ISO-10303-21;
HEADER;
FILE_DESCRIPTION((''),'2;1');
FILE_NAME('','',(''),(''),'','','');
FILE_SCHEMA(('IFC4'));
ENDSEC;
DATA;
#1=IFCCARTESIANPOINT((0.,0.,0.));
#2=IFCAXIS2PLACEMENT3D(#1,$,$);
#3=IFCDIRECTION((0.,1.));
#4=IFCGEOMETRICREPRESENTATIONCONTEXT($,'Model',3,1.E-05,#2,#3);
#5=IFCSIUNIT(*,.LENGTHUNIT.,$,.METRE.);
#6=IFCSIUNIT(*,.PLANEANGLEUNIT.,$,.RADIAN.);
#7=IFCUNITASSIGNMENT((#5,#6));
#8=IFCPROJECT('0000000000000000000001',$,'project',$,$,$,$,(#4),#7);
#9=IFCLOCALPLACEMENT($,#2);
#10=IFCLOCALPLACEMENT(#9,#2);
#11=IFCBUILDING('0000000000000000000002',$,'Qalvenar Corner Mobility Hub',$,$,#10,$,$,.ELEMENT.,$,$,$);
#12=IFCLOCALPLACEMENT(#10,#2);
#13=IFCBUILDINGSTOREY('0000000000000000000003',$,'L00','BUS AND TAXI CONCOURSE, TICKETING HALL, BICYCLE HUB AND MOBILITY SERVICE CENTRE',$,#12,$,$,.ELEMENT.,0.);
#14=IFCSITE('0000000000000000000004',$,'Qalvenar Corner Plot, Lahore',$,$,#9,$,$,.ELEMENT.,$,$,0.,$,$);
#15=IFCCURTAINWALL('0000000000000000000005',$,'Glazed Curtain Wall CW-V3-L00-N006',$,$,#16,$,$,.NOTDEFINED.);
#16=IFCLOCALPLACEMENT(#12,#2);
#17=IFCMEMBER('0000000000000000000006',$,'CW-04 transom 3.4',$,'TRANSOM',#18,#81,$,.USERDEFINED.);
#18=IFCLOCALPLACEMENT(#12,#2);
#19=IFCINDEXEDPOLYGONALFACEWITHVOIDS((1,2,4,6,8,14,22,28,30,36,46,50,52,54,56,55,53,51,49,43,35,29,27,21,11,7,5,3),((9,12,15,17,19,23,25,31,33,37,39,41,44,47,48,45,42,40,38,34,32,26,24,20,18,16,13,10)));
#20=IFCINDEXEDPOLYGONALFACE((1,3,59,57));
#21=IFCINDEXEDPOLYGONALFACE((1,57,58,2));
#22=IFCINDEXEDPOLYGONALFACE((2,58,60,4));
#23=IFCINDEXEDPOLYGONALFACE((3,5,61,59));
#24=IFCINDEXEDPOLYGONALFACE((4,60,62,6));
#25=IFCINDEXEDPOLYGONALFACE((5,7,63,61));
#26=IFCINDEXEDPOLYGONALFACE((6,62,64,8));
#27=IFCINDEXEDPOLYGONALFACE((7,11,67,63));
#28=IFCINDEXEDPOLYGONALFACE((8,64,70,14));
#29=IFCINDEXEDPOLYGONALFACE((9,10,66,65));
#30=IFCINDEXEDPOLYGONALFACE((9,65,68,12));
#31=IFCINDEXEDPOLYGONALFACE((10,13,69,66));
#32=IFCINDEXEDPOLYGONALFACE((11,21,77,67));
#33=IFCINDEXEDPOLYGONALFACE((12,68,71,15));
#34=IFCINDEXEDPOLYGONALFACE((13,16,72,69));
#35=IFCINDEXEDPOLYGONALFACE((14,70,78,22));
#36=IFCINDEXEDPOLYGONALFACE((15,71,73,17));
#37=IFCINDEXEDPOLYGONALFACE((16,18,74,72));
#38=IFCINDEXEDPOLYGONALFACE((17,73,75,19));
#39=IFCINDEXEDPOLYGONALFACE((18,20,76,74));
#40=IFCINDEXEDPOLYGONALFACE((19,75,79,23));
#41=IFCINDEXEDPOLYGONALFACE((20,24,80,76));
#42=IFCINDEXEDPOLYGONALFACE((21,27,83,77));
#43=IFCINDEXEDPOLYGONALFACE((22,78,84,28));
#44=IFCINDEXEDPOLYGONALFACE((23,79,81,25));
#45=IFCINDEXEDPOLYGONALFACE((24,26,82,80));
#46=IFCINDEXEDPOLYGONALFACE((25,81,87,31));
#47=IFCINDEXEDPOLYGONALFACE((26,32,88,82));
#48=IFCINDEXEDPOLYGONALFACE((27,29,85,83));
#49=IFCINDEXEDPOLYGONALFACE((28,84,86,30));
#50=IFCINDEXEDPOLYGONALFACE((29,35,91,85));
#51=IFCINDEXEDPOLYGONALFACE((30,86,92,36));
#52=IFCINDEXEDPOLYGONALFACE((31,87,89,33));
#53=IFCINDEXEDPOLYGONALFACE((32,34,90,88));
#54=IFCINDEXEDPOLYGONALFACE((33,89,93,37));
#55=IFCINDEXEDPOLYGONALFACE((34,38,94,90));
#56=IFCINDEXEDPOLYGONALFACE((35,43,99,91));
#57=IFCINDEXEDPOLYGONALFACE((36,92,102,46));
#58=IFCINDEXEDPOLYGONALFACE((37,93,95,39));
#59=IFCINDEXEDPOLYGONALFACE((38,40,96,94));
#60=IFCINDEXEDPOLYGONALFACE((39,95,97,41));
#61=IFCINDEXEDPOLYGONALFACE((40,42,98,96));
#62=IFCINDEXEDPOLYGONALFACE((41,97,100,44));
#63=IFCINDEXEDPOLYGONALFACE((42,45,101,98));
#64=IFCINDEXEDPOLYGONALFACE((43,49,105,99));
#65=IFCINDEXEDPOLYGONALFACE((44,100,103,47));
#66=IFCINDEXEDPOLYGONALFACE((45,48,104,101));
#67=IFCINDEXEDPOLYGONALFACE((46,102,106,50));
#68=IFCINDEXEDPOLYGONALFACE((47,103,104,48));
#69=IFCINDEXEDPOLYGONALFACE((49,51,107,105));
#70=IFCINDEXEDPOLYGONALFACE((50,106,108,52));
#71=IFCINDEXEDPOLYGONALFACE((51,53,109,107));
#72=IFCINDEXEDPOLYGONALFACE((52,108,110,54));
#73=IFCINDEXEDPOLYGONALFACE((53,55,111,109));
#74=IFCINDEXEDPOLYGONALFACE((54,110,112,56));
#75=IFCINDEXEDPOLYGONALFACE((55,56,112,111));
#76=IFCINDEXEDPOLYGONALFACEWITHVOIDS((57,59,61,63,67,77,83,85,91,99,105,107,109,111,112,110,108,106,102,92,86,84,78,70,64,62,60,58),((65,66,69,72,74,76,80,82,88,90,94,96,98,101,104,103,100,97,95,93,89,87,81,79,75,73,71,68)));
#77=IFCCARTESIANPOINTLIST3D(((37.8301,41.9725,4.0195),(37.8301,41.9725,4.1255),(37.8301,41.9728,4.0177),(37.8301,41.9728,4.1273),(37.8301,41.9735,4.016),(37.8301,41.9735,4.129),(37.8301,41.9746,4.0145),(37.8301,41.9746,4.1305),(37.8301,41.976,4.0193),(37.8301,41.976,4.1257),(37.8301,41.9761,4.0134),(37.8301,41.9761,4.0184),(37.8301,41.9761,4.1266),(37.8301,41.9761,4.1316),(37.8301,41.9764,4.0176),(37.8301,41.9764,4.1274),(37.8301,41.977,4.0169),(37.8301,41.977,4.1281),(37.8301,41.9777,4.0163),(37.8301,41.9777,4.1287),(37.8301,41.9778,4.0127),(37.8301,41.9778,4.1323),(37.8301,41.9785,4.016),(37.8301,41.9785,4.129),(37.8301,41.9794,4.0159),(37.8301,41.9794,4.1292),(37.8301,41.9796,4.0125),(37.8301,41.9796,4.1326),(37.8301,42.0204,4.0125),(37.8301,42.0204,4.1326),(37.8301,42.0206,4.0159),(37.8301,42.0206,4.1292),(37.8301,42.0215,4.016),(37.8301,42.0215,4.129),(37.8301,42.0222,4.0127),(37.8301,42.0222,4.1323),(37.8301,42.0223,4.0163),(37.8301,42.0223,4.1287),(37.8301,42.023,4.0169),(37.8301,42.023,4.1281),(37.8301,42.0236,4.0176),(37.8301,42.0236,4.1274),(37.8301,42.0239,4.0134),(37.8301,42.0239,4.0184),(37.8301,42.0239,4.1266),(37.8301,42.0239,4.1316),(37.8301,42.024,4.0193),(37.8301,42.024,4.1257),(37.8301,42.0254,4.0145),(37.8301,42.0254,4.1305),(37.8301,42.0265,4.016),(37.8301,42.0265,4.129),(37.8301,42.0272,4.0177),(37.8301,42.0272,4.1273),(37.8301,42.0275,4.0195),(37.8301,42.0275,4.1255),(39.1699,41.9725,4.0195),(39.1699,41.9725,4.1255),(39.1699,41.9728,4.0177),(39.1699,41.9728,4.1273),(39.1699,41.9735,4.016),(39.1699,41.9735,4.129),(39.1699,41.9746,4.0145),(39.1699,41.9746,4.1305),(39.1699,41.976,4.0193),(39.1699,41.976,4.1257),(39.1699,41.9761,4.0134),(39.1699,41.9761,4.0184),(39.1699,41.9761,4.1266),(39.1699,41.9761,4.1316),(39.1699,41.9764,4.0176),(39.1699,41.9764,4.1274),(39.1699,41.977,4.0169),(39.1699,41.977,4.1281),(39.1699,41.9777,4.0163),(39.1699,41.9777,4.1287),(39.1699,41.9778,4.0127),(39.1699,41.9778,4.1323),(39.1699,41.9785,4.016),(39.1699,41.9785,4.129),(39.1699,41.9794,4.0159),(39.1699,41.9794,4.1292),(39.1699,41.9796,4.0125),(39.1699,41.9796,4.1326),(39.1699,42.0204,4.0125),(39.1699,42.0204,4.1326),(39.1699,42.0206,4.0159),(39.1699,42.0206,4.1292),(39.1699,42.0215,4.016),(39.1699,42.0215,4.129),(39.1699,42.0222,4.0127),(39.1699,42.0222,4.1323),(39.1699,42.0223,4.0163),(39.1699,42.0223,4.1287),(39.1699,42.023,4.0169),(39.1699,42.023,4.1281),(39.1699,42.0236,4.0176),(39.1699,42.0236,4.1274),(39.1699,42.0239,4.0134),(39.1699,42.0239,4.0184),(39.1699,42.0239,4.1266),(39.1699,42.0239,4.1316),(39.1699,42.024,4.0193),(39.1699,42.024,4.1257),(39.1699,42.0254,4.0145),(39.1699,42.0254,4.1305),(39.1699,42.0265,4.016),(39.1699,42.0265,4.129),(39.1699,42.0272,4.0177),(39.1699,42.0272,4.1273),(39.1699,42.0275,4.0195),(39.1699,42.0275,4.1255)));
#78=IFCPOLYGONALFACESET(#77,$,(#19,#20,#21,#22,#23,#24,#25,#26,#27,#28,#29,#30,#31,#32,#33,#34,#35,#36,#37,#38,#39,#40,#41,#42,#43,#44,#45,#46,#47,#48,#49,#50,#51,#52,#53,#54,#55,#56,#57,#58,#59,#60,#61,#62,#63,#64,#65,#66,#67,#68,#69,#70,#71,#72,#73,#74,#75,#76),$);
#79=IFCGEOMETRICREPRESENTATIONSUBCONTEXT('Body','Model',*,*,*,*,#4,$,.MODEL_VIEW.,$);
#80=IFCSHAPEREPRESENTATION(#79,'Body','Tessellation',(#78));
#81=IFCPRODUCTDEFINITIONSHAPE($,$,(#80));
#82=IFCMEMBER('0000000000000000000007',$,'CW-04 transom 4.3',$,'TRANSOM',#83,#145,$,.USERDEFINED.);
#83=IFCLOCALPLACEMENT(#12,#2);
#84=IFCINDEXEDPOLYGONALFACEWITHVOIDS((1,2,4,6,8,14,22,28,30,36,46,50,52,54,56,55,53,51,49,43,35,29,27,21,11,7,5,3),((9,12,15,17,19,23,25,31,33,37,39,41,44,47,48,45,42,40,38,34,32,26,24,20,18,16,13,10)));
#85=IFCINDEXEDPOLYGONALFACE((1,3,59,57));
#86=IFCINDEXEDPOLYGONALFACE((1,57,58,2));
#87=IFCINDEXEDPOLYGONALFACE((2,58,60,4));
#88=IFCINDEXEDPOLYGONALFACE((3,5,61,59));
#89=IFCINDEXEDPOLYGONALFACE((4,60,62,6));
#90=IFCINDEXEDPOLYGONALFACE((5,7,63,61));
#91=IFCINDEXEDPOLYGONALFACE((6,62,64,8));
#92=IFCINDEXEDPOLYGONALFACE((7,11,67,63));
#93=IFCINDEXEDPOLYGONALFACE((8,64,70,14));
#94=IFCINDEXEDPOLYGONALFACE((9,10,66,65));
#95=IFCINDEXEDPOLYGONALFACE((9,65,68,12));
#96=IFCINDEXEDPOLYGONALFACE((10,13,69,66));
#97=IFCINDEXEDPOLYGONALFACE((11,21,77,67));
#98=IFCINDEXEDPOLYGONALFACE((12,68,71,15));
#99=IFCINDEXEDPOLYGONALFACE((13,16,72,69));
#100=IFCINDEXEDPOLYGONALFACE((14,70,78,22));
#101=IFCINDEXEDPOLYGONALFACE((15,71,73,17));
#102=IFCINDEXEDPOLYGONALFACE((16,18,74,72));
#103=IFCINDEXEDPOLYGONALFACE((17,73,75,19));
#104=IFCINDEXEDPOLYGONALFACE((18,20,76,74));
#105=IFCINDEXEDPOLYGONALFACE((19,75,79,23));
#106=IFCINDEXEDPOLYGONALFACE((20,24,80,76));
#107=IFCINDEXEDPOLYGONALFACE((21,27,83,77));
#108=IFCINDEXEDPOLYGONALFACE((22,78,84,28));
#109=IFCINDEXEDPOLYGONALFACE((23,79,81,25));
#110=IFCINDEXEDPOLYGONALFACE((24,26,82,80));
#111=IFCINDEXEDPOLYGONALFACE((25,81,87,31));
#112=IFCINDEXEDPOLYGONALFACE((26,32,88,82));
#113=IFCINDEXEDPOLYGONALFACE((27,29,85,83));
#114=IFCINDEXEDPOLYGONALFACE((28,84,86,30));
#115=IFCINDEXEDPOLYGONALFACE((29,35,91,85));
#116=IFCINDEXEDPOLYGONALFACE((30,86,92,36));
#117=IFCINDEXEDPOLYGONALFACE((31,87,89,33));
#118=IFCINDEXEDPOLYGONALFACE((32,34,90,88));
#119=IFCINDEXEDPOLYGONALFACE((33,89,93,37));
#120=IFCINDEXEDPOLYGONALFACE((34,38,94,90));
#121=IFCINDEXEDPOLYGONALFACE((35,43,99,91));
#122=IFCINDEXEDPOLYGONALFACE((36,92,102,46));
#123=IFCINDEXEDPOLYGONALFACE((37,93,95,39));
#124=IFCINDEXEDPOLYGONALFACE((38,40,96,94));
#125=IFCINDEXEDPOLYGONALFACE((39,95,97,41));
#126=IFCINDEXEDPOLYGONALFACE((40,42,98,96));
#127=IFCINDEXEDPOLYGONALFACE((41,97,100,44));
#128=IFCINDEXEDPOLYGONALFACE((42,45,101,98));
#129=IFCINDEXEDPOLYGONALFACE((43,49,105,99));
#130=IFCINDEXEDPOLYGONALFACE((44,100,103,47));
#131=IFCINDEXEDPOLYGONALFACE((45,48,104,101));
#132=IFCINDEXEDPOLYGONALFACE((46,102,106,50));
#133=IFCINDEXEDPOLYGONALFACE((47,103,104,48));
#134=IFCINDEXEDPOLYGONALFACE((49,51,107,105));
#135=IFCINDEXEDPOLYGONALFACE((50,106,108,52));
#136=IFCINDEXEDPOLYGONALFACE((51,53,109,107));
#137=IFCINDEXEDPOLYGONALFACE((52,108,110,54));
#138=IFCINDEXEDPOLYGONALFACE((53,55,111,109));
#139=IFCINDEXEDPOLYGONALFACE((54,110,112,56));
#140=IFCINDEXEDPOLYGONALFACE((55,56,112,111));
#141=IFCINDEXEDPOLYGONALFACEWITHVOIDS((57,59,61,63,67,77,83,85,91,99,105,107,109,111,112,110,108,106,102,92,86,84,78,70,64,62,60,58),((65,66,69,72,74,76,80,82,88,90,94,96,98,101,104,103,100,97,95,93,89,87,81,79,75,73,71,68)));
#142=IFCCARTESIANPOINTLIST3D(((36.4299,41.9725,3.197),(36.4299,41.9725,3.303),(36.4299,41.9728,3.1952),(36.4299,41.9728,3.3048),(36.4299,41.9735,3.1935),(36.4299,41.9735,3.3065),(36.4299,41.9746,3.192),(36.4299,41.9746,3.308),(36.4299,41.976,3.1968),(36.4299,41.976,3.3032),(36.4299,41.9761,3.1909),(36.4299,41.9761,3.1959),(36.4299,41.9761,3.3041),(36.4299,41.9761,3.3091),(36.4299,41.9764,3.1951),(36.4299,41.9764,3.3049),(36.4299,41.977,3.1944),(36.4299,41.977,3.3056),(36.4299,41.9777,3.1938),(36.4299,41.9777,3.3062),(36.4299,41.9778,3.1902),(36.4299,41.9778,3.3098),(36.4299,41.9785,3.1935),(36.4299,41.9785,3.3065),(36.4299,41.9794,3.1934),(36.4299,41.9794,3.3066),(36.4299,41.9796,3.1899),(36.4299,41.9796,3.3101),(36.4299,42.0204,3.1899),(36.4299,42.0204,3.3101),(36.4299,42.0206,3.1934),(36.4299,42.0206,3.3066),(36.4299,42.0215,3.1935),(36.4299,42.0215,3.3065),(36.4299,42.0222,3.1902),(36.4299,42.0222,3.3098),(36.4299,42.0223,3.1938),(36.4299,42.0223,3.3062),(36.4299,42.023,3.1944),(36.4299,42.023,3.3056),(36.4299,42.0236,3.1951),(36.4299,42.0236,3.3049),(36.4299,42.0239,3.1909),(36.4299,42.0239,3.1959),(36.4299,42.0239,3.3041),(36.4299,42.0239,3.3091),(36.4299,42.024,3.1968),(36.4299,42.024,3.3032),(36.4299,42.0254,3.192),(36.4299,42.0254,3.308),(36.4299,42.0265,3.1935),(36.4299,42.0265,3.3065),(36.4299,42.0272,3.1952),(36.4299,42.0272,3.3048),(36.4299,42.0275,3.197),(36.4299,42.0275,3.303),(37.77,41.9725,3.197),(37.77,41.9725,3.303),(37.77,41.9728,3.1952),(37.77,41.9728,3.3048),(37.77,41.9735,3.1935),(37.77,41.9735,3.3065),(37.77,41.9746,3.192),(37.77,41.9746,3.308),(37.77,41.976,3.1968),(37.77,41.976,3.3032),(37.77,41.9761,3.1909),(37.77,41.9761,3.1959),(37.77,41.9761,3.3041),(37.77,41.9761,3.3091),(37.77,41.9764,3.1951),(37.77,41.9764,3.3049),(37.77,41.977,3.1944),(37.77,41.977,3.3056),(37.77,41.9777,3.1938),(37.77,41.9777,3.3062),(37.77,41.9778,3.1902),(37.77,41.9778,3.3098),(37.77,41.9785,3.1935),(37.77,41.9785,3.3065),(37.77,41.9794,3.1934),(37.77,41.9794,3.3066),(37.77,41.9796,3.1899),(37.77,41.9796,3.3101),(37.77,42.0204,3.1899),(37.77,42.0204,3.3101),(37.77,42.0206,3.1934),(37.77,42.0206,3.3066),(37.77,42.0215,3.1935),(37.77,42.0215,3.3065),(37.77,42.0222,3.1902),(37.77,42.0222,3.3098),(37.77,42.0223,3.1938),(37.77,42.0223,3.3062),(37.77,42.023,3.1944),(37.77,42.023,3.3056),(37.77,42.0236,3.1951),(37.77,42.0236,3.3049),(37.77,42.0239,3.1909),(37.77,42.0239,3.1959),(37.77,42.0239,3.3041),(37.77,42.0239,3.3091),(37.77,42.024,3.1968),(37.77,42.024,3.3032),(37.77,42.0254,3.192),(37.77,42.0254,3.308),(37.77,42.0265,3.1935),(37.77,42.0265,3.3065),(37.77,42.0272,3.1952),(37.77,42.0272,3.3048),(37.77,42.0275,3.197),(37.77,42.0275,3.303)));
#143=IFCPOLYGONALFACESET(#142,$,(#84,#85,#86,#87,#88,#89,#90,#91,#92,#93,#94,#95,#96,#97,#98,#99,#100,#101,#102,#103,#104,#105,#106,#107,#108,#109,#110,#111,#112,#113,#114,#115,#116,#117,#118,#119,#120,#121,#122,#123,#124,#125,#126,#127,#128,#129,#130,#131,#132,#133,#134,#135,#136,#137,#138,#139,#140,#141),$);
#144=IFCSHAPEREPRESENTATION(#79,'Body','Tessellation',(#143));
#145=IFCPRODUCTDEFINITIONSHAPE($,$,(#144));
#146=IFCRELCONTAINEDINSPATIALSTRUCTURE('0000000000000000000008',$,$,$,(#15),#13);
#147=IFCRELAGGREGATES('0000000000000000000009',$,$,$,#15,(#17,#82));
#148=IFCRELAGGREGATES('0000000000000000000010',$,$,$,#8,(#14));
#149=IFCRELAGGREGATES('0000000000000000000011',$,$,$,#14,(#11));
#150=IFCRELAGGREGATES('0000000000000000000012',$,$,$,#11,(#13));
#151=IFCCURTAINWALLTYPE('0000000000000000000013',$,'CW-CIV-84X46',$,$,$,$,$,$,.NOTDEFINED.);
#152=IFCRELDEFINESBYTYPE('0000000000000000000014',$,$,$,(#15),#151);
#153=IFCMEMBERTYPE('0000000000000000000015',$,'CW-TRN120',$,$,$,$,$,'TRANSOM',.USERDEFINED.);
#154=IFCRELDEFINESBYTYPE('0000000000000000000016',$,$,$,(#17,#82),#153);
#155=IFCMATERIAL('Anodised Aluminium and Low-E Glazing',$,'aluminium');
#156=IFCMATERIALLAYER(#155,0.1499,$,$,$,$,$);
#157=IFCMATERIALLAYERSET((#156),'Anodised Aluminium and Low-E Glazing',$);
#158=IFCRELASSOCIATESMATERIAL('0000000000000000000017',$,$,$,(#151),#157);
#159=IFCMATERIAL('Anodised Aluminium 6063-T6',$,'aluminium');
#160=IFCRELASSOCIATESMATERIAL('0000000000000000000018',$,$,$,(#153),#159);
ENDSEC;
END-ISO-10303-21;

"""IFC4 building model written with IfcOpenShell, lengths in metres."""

from ifc_helpers import new_model, si_unit, direction, frame, origin, origin_2d, place, context, subcontext, project, spatial, hollow_rectangle, extrude, material, layer, layer_set, material_profile, profile_set, type_object, element, aggregate, save


model = new_model("IFC4")

# Units and contexts
model_context = context("Model", 3, precision=1e-05, world=origin(), true_north=direction((0.0, 1.0)))
body_context = subcontext(model_context, "Body", "Model", "MODEL_VIEW")
ifc_project = project(units=[si_unit("LENGTHUNIT", "METRE"), si_unit("PLANEANGLEUNIT", "RADIAN")], contexts=[model_context])

# Site, building, storey
site_placement = place(None, origin())
site = spatial("IfcSite", under=ifc_project, at=site_placement, Name="Qalvenar Corner Plot, Lahore", CompositionType="ELEMENT", RefElevation=0.0)
building_placement = place(site_placement, origin())
building = spatial("IfcBuilding", under=site, at=building_placement, Name="Qalvenar Corner Mobility Hub", CompositionType="ELEMENT")
storey_placement = place(building_placement, origin())
storey = spatial("IfcBuildingStorey", under=building, at=storey_placement, Name="L00", Description="BUS AND TAXI CONCOURSE, TICKETING HALL, BICYCLE HUB AND MOBILITY SERVICE CENTRE", CompositionType="ELEMENT", Elevation=0.0)

# Curtain wall, members
ifc_material_1 = material(Name="Anodised Aluminium and Low-E Glazing", Category="aluminium")
ifc_layer_1 = layer(ifc_material_1, 0.1499)
ifc_layer_set_1 = layer_set([ifc_layer_1], Name="Anodised Aluminium and Low-E Glazing")
curtain_wall_type = type_object("IfcCurtainWallType", Name="CW-CIV-84X46", PredefinedType="NOTDEFINED", material=ifc_layer_set_1)
curtain_wall_placement = place(storey_placement, origin())
curtain_wall = element("IfcCurtainWall", 1, at=curtain_wall_placement, inside=storey, type_object=curtain_wall_type, Name="Glazed Curtain Wall CW-V3-L00-N006", PredefinedType="NOTDEFINED")
ifc_material_2 = material(Name="Anodised Aluminium 6063-T6", Category="aluminium")
ifc_material_profile_1 = material_profile(ifc_material_2, hollow_rectangle(XDim=0.0549, YDim=0.1201, WallThickness=0.0034, InnerFilletRadius=0.0034, OuterFilletRadius=0.0071, at=origin_2d()), Name="RHS120x55x3.5")
ifc_profile_set_1 = profile_set([ifc_material_profile_1], Name="Anodised Aluminium 6063-T6")
member_type_1 = type_object("IfcMemberType", Name="CW-TRN120", ElementType="TRANSOM", PredefinedType="USERDEFINED", material=ifc_profile_set_1)
member_1_placement = place(storey_placement, frame((39.1699, 42.0, 4.0725), z_axis=(-1.0, 0.0, 0.0), x_axis=(0.0, -1.0, 0.0)))
member_1 = element("IfcMember", 2, at=member_1_placement, type_object=member_type_1, Name="CW-04 transom 3.4", ObjectType="TRANSOM", PredefinedType="USERDEFINED", context=body_context, shape_type="SweptSolid", body=[
    extrude(hollow_rectangle(XDim=0.0549, YDim=0.1201, WallThickness=0.0034, InnerFilletRadius=0.0034, OuterFilletRadius=0.0071, at=origin_2d()), origin(), (0.0, 0.0, 1.0), 1.3398),
])
member_2_placement = place(storey_placement, frame((37.77, 42.0, 3.25), z_axis=(-1.0, 0.0, 0.0), x_axis=(0.0, -1.0, 0.0)))
member_2 = element("IfcMember", 3, at=member_2_placement, type_object=member_type_1, Name="CW-04 transom 4.3", ObjectType="TRANSOM", PredefinedType="USERDEFINED", context=body_context, shape_type="SweptSolid", body=[
    extrude(hollow_rectangle(XDim=0.0549, YDim=0.1201, WallThickness=0.0034, InnerFilletRadius=0.0034, OuterFilletRadius=0.0071, at=origin_2d()), origin(), (0.0, 0.0, 1.0), 1.3401),
])
aggregate(curtain_wall, [member_1, member_2])

save(model, "model.ifc")
